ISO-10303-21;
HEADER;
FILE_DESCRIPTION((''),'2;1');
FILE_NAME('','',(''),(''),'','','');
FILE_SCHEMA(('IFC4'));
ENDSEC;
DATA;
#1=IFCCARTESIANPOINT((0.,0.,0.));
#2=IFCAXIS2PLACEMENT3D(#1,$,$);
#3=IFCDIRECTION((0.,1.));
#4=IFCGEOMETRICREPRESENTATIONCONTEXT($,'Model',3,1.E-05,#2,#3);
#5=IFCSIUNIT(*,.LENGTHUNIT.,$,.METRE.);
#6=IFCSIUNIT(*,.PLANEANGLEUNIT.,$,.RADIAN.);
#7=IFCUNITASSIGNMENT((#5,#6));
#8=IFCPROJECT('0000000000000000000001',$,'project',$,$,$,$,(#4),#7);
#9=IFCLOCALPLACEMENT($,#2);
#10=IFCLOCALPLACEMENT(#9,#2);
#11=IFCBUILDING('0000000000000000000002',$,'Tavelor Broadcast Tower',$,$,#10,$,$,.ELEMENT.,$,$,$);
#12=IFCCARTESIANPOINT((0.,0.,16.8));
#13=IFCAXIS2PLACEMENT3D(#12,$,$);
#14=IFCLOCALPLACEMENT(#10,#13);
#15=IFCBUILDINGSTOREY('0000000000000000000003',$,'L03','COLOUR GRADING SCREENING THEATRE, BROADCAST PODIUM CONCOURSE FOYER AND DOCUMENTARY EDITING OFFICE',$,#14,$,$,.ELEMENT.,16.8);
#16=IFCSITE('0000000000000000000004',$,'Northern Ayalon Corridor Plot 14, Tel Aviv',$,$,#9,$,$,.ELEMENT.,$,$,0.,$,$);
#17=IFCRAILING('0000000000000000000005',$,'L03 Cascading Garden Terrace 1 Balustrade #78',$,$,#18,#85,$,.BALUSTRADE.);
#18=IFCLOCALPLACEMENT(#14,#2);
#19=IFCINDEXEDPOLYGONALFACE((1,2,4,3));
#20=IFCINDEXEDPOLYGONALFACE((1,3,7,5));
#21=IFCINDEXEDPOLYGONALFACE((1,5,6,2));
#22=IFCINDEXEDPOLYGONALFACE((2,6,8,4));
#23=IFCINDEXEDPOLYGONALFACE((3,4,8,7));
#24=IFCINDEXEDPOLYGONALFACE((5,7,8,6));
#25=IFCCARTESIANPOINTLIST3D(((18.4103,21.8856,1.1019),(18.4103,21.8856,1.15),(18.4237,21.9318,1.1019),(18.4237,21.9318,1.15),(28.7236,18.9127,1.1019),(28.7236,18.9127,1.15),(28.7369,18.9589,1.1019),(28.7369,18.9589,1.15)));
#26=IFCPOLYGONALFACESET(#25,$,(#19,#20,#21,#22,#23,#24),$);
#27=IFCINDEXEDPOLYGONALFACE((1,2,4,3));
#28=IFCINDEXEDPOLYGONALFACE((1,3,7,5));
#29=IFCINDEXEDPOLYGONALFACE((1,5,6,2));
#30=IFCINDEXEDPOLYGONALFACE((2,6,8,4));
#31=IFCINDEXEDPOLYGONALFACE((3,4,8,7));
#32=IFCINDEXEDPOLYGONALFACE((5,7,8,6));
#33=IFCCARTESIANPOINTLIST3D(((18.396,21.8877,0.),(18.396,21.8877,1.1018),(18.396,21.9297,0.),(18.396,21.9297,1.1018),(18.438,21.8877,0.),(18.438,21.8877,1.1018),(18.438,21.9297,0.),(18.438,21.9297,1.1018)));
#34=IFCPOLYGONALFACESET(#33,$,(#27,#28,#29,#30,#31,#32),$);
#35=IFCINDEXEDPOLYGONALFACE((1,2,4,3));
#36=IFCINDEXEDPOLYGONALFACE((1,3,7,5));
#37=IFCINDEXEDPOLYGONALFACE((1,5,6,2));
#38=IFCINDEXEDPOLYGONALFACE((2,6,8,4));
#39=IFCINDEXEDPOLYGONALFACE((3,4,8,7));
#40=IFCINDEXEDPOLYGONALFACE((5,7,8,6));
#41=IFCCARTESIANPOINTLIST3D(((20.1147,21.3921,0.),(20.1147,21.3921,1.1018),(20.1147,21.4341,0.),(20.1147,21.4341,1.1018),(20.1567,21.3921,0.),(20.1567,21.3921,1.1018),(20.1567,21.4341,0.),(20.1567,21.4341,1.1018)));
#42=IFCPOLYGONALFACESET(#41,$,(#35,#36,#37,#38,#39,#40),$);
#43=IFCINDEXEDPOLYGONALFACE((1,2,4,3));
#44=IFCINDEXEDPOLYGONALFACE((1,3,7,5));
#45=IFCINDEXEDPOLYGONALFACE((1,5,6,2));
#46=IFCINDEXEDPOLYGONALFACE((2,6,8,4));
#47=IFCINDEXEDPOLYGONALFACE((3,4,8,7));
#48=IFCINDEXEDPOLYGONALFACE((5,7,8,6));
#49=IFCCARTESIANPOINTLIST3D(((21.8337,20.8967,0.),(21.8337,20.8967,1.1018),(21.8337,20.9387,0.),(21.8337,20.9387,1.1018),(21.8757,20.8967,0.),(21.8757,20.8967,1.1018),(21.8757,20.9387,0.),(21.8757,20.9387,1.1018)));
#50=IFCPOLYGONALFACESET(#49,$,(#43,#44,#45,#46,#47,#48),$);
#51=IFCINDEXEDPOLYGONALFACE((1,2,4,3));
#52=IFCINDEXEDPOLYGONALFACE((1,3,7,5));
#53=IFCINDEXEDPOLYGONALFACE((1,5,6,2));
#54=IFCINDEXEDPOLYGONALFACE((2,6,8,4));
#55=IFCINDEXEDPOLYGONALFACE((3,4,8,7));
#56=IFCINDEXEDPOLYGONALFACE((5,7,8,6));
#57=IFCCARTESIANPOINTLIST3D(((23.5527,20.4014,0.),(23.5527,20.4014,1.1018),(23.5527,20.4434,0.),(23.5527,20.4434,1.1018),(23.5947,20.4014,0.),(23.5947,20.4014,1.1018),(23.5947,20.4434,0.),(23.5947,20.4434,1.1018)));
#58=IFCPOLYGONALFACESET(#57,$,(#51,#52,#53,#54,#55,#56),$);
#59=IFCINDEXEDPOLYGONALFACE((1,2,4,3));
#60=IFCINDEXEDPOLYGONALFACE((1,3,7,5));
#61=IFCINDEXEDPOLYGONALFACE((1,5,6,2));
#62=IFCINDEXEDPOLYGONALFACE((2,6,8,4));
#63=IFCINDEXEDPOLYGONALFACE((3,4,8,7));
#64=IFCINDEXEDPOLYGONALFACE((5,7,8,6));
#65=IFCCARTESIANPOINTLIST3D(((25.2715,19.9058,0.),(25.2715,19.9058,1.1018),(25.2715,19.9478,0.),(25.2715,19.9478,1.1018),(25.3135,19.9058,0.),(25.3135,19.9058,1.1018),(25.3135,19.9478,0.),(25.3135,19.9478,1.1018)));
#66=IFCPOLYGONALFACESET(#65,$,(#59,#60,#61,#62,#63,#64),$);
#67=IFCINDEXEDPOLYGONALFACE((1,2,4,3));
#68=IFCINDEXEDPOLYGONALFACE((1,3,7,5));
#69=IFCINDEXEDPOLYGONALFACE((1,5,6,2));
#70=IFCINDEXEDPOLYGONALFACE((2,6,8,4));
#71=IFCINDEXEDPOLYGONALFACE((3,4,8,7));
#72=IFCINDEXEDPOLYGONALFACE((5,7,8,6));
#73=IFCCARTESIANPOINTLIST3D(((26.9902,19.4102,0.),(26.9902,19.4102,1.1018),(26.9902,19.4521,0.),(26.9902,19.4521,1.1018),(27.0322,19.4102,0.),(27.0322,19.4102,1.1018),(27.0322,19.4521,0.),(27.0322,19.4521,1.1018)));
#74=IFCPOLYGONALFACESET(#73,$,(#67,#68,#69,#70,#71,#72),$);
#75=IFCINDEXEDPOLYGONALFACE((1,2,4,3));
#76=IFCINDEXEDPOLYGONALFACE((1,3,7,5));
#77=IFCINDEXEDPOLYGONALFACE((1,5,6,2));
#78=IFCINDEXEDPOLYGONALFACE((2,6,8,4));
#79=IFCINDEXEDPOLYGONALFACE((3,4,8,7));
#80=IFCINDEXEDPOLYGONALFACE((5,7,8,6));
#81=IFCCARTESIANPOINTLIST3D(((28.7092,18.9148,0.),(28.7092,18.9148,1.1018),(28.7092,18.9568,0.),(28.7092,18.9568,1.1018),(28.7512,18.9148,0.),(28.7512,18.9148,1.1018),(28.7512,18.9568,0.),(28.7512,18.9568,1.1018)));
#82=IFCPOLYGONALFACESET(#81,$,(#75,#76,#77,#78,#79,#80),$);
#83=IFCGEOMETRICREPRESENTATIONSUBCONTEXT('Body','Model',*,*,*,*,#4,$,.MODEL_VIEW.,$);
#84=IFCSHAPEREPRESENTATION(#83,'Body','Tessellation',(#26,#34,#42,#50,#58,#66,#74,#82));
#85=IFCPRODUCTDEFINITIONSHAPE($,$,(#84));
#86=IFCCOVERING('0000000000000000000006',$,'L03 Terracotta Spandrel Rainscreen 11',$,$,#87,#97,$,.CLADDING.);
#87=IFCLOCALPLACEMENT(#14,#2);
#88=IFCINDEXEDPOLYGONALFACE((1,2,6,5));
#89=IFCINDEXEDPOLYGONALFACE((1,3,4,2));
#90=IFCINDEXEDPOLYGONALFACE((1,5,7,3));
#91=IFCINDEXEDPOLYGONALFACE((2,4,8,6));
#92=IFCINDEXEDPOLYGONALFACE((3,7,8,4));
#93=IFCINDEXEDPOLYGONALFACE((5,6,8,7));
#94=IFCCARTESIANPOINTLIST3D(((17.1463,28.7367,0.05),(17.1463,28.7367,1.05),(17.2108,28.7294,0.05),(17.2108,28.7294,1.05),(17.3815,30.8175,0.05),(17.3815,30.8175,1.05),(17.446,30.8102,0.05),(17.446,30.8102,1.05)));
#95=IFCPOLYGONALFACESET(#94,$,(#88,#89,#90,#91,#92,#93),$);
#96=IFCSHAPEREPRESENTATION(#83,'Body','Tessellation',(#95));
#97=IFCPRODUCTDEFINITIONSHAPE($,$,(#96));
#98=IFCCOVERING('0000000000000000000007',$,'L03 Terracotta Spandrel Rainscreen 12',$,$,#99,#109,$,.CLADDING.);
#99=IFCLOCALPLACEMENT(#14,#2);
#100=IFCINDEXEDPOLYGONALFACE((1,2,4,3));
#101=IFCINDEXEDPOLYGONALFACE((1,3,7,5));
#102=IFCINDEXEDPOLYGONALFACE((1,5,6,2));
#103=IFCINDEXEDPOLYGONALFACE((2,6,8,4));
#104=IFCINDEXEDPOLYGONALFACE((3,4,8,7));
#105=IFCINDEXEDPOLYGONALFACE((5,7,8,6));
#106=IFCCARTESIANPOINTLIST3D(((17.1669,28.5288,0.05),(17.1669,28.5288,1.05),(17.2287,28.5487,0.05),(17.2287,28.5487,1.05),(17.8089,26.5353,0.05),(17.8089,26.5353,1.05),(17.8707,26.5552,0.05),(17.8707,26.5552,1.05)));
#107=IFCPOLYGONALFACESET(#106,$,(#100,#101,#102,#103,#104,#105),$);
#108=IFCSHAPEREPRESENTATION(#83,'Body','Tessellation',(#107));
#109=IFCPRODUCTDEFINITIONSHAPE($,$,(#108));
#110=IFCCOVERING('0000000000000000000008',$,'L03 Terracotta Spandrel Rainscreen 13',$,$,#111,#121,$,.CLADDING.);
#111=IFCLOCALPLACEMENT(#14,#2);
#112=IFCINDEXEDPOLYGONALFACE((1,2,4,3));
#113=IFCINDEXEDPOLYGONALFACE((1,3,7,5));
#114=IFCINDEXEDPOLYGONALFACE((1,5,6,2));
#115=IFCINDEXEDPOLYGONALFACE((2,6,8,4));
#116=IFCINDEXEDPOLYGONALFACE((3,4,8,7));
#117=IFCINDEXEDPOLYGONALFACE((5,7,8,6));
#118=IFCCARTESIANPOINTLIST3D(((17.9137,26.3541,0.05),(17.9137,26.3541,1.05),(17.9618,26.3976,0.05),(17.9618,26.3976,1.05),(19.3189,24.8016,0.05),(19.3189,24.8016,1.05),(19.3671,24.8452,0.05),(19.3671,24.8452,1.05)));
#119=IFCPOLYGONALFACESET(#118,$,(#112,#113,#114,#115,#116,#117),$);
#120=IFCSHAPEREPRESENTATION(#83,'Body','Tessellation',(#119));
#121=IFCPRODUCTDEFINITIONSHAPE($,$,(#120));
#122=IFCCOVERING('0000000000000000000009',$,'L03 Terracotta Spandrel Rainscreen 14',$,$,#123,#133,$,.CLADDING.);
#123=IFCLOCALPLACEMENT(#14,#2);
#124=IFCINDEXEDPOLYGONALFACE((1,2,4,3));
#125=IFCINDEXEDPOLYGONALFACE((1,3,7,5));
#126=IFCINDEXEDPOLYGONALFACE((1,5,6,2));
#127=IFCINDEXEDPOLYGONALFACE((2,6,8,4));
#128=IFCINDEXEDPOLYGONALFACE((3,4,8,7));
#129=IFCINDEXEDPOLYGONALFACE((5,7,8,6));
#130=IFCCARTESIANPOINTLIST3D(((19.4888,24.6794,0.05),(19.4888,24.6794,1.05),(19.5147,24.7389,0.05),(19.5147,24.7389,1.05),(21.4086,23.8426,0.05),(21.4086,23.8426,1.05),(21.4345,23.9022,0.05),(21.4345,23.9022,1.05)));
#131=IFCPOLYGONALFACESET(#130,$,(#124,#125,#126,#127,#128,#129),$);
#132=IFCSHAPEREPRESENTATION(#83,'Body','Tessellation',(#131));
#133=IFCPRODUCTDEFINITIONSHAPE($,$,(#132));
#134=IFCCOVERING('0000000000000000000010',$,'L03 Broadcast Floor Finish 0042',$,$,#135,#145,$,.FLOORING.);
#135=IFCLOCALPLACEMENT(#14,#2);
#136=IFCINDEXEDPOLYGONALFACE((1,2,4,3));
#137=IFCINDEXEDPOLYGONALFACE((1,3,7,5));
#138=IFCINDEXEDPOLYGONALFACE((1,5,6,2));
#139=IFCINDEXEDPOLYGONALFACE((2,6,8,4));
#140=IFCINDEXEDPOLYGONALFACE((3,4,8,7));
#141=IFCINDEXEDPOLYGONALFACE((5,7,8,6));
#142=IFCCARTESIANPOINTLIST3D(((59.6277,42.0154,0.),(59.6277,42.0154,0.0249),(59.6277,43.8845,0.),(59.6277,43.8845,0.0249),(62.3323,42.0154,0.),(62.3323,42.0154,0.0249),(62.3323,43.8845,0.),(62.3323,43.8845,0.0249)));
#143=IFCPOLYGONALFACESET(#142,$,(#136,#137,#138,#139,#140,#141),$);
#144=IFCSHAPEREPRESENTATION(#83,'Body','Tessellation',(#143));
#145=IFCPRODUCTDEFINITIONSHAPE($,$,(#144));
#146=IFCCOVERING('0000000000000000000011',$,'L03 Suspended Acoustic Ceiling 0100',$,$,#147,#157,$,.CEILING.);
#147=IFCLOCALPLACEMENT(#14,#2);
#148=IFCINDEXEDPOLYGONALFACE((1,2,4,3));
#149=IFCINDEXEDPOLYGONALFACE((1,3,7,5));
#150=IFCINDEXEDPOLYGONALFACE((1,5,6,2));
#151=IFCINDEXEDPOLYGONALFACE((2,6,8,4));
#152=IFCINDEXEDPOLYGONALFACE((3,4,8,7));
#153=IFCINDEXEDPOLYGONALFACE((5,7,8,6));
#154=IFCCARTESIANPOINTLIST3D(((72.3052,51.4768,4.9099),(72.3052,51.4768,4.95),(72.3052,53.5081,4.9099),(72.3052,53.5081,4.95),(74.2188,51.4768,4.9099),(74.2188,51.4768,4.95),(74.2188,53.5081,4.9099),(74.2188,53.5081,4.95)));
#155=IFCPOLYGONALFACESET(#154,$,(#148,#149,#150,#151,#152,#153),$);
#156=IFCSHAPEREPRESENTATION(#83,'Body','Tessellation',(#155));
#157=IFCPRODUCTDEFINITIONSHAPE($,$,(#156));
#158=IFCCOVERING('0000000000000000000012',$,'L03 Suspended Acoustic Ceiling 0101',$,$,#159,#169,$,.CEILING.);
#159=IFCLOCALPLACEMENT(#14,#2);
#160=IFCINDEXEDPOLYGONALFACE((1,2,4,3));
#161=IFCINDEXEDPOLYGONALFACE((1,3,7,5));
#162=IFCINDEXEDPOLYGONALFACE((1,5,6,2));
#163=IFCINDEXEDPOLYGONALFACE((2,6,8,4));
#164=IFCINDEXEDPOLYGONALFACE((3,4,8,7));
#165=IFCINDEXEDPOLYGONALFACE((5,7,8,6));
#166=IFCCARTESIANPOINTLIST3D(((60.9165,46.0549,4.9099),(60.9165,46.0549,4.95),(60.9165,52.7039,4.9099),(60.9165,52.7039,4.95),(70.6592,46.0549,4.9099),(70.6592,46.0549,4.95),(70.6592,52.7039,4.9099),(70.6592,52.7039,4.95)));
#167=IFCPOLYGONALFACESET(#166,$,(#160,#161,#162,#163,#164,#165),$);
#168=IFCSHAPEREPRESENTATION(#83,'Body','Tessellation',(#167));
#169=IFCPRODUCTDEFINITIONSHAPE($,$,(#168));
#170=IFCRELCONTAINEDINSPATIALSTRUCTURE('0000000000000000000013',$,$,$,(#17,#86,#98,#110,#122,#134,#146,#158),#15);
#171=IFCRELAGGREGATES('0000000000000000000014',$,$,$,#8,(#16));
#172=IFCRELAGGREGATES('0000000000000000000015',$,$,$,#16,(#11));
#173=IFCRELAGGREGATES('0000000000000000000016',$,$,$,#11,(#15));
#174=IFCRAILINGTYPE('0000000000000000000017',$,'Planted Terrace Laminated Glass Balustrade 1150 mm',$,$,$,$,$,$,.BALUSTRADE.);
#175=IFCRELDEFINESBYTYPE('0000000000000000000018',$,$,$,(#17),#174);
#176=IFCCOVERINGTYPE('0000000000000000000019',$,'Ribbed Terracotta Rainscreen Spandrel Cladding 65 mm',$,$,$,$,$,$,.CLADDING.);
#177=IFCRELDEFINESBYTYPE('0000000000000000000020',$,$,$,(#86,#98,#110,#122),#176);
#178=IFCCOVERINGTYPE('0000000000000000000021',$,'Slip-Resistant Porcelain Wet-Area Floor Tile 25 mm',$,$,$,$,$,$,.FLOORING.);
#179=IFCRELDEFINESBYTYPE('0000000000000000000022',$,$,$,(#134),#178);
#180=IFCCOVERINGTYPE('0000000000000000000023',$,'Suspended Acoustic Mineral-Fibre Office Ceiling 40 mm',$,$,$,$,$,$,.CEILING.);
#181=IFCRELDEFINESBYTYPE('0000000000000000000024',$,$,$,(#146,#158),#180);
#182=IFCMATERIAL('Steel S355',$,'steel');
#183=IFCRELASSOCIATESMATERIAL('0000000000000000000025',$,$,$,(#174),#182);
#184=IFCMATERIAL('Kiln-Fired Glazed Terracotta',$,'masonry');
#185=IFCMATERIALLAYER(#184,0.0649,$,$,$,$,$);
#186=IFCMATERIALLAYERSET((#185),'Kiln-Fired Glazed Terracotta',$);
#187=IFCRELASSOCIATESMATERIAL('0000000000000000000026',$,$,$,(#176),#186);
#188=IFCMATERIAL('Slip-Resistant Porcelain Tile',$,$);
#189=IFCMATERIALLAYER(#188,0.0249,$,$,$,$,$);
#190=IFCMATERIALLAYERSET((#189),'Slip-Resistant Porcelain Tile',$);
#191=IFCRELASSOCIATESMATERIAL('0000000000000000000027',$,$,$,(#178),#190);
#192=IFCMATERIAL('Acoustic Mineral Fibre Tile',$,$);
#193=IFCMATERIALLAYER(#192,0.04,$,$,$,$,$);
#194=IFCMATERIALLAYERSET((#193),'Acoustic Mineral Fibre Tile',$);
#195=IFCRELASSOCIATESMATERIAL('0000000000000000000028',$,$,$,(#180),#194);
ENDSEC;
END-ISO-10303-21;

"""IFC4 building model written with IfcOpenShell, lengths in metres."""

from ifc_helpers import new_model, si_unit, direction, frame, origin, origin_2d, place, context, subcontext, project, spatial, polyline, rectangle, outline, extrude, material, layer, layer_set, type_object, element, save


model = new_model("IFC4")

# Units and contexts
model_context = context("Model", 3, precision=1e-05, world=origin(), true_north=direction((0.0, 1.0)))
body_context = subcontext(model_context, "Body", "Model", "MODEL_VIEW")
ifc_project = project(units=[si_unit("LENGTHUNIT", "METRE"), si_unit("PLANEANGLEUNIT", "RADIAN")], contexts=[model_context])

# Site, building, storey
site_placement = place(None, origin())
site = spatial("IfcSite", under=ifc_project, at=site_placement, Name="Northern Ayalon Corridor Plot 14, Tel Aviv", CompositionType="ELEMENT", RefElevation=0.0)
building_placement = place(site_placement, origin())
building = spatial("IfcBuilding", under=site, at=building_placement, Name="Tavelor Broadcast Tower", CompositionType="ELEMENT")
storey_placement = place(building_placement, frame((0.0, 0.0, 16.8)))
storey = spatial("IfcBuildingStorey", under=building, at=storey_placement, Name="L03", Description="COLOUR GRADING SCREENING THEATRE, BROADCAST PODIUM CONCOURSE FOYER AND DOCUMENTARY EDITING OFFICE", CompositionType="ELEMENT", Elevation=16.8)

# Shared definitions
ifc_material_1 = material(Name="Steel S355", Category="steel")

# Railing
railing_type = type_object("IfcRailingType", Name="Planted Terrace Laminated Glass Balustrade 1150 mm", PredefinedType="BALUSTRADE", material=ifc_material_1)
railing_1_placement = place(storey_placement, frame((18.417, 21.9087, 0.0)))
element("IfcRailing", 1, at=railing_1_placement, inside=storey, type_object=railing_type, Name="L03 Cascading Garden Terrace 1 Balustrade #78", PredefinedType="BALUSTRADE", context=body_context, shape_type="SweptSolid", body=[
    extrude(rectangle(XDim=0.0481, YDim=0.0481, at=origin_2d()), frame((0.0, 0.0, 1.126), z_axis=(0.960875, -0.276983, 0.0), x_axis=(0.276983, 0.960875, 0.0)), (0.0, 0.0, 1.0), 10.7332),
    extrude(rectangle(XDim=0.042, YDim=0.042, at=origin_2d()), origin(), (0.0, 0.0, 1.0), 1.1018),
    extrude(rectangle(XDim=0.042, YDim=0.042, at=origin_2d()), frame((1.7188, -0.4956, 0.0)), (0.0, 0.0, 1.0), 1.1018),
    extrude(rectangle(XDim=0.042, YDim=0.042, at=origin_2d()), frame((3.4377, -0.991, 0.0)), (0.0, 0.0, 1.0), 1.1018),
    extrude(rectangle(XDim=0.042, YDim=0.042, at=origin_2d()), frame((5.1567, -1.4863, 0.0)), (0.0, 0.0, 1.0), 1.1018),
    extrude(rectangle(XDim=0.042, YDim=0.042, at=origin_2d()), frame((6.8755, -1.9819, 0.0)), (0.0, 0.0, 1.0), 1.1018),
    extrude(rectangle(XDim=0.042, YDim=0.042, at=origin_2d()), frame((8.5942, -2.4775, 0.0)), (0.0, 0.0, 1.0), 1.1018),
    extrude(rectangle(XDim=0.042, YDim=0.042, at=origin_2d()), frame((10.3132, -2.9729, 0.0)), (0.0, 0.0, 1.0), 1.1018),
])

# Coverings
ifc_material_2 = material(Name="Kiln-Fired Glazed Terracotta", Category="masonry")
ifc_layer_1 = layer(ifc_material_2, 0.0649)
ifc_layer_set_1 = layer_set([ifc_layer_1], Name="Kiln-Fired Glazed Terracotta")
covering_type_1 = type_object("IfcCoveringType", Name="Ribbed Terracotta Rainscreen Spandrel Cladding 65 mm", PredefinedType="CLADDING", material=ifc_layer_set_1)
covering_1_placement = place(storey_placement, frame((17.2961, 29.7734, 0.05), z_axis=(0.0, 0.0, 1.0), x_axis=(-0.112336, -0.99367, 0.0)))
element("IfcCovering", 2, at=covering_1_placement, inside=storey, type_object=covering_type_1, Name="L03 Terracotta Spandrel Rainscreen 11", PredefinedType="CLADDING", context=body_context, shape_type="SweptSolid", body=[
    extrude(rectangle(XDim=2.094, YDim=0.0649, at=origin_2d()), origin(), (0.0, 0.0, 1.0), 1.0),
])
covering_2_placement = place(storey_placement, frame((17.5188, 27.542, 0.05), z_axis=(0.0, 0.0, 1.0), x_axis=(0.306526, -0.951862, 0.0)))
element("IfcCovering", 3, at=covering_2_placement, inside=storey, type_object=covering_type_1, Name="L03 Terracotta Spandrel Rainscreen 12", PredefinedType="CLADDING", context=body_context, shape_type="SweptSolid", body=[
    extrude(rectangle(XDim=2.0942, YDim=0.0649, at=origin_2d()), origin(), (0.0, 0.0, 1.0), 1.0),
])
covering_3_placement = place(storey_placement, frame((18.6404, 25.5996, 0.05), z_axis=(0.0, 0.0, 1.0), x_axis=(0.671074, -0.741391, 0.0)))
element("IfcCovering", 4, at=covering_3_placement, inside=storey, type_object=covering_type_1, Name="L03 Terracotta Spandrel Rainscreen 13", PredefinedType="CLADDING", context=body_context, shape_type="SweptSolid", body=[
    extrude(rectangle(XDim=2.094, YDim=0.0649, at=origin_2d()), origin(), (0.0, 0.0, 1.0), 1.0),
])
covering_4_placement = place(storey_placement, frame((20.4617, 24.2908, 0.05), z_axis=(0.0, 0.0, 1.0), x_axis=(0.916712, -0.399549, 0.0)))
element("IfcCovering", 5, at=covering_4_placement, inside=storey, type_object=covering_type_1, Name="L03 Terracotta Spandrel Rainscreen 14", PredefinedType="CLADDING", context=body_context, shape_type="SweptSolid", body=[
    extrude(rectangle(XDim=2.0942, YDim=0.0649, at=origin_2d()), origin(), (0.0, 0.0, 1.0), 1.0),
])
ifc_material_3 = material(Name="Slip-Resistant Porcelain Tile")
ifc_layer_2 = layer(ifc_material_3, 0.0249)
ifc_layer_set_2 = layer_set([ifc_layer_2], Name="Slip-Resistant Porcelain Tile")
covering_type_2 = type_object("IfcCoveringType", Name="Slip-Resistant Porcelain Wet-Area Floor Tile 25 mm", PredefinedType="FLOORING", material=ifc_layer_set_2)
covering_5_placement = place(storey_placement, origin())
element("IfcCovering", 6, at=covering_5_placement, inside=storey, type_object=covering_type_2, Name="L03 Broadcast Floor Finish 0042", PredefinedType="FLOORING", context=body_context, shape_type="SweptSolid", body=[
    extrude(outline(polyline([(59.6277, 42.0154), (62.3323, 42.0154), (62.3323, 43.8845), (59.6277, 43.8845), (59.6277, 42.0154)])), origin(), (0.0, 0.0, 1.0), 0.0249),
])
ifc_material_4 = material(Name="Acoustic Mineral Fibre Tile")
ifc_layer_3 = layer(ifc_material_4, 0.04)
ifc_layer_set_3 = layer_set([ifc_layer_3], Name="Acoustic Mineral Fibre Tile")
covering_type_3 = type_object("IfcCoveringType", Name="Suspended Acoustic Mineral-Fibre Office Ceiling 40 mm", PredefinedType="CEILING", material=ifc_layer_set_3)
covering_6_placement = place(storey_placement, frame((0.0, 0.0, 4.9099)))
element("IfcCovering", 7, at=covering_6_placement, inside=storey, type_object=covering_type_3, Name="L03 Suspended Acoustic Ceiling 0100", PredefinedType="CEILING", context=body_context, shape_type="SweptSolid", body=[
    extrude(outline(polyline([(72.3052, 51.4768), (74.2188, 51.4768), (74.2188, 53.5081), (72.3052, 53.5081), (72.3052, 51.4768)])), origin(), (0.0, 0.0, 1.0), 0.04),
])
covering_7_placement = place(storey_placement, frame((0.0, 0.0, 4.9099)))
element("IfcCovering", 8, at=covering_7_placement, inside=storey, type_object=covering_type_3, Name="L03 Suspended Acoustic Ceiling 0101", PredefinedType="CEILING", context=body_context, shape_type="SweptSolid", body=[
    extrude(outline(polyline([(60.9165, 46.0549), (70.6592, 46.0549), (70.6592, 52.7039), (60.9165, 52.7039), (60.9165, 46.0549)])), origin(), (0.0, 0.0, 1.0), 0.04),
])

save(model, "model.ifc")
